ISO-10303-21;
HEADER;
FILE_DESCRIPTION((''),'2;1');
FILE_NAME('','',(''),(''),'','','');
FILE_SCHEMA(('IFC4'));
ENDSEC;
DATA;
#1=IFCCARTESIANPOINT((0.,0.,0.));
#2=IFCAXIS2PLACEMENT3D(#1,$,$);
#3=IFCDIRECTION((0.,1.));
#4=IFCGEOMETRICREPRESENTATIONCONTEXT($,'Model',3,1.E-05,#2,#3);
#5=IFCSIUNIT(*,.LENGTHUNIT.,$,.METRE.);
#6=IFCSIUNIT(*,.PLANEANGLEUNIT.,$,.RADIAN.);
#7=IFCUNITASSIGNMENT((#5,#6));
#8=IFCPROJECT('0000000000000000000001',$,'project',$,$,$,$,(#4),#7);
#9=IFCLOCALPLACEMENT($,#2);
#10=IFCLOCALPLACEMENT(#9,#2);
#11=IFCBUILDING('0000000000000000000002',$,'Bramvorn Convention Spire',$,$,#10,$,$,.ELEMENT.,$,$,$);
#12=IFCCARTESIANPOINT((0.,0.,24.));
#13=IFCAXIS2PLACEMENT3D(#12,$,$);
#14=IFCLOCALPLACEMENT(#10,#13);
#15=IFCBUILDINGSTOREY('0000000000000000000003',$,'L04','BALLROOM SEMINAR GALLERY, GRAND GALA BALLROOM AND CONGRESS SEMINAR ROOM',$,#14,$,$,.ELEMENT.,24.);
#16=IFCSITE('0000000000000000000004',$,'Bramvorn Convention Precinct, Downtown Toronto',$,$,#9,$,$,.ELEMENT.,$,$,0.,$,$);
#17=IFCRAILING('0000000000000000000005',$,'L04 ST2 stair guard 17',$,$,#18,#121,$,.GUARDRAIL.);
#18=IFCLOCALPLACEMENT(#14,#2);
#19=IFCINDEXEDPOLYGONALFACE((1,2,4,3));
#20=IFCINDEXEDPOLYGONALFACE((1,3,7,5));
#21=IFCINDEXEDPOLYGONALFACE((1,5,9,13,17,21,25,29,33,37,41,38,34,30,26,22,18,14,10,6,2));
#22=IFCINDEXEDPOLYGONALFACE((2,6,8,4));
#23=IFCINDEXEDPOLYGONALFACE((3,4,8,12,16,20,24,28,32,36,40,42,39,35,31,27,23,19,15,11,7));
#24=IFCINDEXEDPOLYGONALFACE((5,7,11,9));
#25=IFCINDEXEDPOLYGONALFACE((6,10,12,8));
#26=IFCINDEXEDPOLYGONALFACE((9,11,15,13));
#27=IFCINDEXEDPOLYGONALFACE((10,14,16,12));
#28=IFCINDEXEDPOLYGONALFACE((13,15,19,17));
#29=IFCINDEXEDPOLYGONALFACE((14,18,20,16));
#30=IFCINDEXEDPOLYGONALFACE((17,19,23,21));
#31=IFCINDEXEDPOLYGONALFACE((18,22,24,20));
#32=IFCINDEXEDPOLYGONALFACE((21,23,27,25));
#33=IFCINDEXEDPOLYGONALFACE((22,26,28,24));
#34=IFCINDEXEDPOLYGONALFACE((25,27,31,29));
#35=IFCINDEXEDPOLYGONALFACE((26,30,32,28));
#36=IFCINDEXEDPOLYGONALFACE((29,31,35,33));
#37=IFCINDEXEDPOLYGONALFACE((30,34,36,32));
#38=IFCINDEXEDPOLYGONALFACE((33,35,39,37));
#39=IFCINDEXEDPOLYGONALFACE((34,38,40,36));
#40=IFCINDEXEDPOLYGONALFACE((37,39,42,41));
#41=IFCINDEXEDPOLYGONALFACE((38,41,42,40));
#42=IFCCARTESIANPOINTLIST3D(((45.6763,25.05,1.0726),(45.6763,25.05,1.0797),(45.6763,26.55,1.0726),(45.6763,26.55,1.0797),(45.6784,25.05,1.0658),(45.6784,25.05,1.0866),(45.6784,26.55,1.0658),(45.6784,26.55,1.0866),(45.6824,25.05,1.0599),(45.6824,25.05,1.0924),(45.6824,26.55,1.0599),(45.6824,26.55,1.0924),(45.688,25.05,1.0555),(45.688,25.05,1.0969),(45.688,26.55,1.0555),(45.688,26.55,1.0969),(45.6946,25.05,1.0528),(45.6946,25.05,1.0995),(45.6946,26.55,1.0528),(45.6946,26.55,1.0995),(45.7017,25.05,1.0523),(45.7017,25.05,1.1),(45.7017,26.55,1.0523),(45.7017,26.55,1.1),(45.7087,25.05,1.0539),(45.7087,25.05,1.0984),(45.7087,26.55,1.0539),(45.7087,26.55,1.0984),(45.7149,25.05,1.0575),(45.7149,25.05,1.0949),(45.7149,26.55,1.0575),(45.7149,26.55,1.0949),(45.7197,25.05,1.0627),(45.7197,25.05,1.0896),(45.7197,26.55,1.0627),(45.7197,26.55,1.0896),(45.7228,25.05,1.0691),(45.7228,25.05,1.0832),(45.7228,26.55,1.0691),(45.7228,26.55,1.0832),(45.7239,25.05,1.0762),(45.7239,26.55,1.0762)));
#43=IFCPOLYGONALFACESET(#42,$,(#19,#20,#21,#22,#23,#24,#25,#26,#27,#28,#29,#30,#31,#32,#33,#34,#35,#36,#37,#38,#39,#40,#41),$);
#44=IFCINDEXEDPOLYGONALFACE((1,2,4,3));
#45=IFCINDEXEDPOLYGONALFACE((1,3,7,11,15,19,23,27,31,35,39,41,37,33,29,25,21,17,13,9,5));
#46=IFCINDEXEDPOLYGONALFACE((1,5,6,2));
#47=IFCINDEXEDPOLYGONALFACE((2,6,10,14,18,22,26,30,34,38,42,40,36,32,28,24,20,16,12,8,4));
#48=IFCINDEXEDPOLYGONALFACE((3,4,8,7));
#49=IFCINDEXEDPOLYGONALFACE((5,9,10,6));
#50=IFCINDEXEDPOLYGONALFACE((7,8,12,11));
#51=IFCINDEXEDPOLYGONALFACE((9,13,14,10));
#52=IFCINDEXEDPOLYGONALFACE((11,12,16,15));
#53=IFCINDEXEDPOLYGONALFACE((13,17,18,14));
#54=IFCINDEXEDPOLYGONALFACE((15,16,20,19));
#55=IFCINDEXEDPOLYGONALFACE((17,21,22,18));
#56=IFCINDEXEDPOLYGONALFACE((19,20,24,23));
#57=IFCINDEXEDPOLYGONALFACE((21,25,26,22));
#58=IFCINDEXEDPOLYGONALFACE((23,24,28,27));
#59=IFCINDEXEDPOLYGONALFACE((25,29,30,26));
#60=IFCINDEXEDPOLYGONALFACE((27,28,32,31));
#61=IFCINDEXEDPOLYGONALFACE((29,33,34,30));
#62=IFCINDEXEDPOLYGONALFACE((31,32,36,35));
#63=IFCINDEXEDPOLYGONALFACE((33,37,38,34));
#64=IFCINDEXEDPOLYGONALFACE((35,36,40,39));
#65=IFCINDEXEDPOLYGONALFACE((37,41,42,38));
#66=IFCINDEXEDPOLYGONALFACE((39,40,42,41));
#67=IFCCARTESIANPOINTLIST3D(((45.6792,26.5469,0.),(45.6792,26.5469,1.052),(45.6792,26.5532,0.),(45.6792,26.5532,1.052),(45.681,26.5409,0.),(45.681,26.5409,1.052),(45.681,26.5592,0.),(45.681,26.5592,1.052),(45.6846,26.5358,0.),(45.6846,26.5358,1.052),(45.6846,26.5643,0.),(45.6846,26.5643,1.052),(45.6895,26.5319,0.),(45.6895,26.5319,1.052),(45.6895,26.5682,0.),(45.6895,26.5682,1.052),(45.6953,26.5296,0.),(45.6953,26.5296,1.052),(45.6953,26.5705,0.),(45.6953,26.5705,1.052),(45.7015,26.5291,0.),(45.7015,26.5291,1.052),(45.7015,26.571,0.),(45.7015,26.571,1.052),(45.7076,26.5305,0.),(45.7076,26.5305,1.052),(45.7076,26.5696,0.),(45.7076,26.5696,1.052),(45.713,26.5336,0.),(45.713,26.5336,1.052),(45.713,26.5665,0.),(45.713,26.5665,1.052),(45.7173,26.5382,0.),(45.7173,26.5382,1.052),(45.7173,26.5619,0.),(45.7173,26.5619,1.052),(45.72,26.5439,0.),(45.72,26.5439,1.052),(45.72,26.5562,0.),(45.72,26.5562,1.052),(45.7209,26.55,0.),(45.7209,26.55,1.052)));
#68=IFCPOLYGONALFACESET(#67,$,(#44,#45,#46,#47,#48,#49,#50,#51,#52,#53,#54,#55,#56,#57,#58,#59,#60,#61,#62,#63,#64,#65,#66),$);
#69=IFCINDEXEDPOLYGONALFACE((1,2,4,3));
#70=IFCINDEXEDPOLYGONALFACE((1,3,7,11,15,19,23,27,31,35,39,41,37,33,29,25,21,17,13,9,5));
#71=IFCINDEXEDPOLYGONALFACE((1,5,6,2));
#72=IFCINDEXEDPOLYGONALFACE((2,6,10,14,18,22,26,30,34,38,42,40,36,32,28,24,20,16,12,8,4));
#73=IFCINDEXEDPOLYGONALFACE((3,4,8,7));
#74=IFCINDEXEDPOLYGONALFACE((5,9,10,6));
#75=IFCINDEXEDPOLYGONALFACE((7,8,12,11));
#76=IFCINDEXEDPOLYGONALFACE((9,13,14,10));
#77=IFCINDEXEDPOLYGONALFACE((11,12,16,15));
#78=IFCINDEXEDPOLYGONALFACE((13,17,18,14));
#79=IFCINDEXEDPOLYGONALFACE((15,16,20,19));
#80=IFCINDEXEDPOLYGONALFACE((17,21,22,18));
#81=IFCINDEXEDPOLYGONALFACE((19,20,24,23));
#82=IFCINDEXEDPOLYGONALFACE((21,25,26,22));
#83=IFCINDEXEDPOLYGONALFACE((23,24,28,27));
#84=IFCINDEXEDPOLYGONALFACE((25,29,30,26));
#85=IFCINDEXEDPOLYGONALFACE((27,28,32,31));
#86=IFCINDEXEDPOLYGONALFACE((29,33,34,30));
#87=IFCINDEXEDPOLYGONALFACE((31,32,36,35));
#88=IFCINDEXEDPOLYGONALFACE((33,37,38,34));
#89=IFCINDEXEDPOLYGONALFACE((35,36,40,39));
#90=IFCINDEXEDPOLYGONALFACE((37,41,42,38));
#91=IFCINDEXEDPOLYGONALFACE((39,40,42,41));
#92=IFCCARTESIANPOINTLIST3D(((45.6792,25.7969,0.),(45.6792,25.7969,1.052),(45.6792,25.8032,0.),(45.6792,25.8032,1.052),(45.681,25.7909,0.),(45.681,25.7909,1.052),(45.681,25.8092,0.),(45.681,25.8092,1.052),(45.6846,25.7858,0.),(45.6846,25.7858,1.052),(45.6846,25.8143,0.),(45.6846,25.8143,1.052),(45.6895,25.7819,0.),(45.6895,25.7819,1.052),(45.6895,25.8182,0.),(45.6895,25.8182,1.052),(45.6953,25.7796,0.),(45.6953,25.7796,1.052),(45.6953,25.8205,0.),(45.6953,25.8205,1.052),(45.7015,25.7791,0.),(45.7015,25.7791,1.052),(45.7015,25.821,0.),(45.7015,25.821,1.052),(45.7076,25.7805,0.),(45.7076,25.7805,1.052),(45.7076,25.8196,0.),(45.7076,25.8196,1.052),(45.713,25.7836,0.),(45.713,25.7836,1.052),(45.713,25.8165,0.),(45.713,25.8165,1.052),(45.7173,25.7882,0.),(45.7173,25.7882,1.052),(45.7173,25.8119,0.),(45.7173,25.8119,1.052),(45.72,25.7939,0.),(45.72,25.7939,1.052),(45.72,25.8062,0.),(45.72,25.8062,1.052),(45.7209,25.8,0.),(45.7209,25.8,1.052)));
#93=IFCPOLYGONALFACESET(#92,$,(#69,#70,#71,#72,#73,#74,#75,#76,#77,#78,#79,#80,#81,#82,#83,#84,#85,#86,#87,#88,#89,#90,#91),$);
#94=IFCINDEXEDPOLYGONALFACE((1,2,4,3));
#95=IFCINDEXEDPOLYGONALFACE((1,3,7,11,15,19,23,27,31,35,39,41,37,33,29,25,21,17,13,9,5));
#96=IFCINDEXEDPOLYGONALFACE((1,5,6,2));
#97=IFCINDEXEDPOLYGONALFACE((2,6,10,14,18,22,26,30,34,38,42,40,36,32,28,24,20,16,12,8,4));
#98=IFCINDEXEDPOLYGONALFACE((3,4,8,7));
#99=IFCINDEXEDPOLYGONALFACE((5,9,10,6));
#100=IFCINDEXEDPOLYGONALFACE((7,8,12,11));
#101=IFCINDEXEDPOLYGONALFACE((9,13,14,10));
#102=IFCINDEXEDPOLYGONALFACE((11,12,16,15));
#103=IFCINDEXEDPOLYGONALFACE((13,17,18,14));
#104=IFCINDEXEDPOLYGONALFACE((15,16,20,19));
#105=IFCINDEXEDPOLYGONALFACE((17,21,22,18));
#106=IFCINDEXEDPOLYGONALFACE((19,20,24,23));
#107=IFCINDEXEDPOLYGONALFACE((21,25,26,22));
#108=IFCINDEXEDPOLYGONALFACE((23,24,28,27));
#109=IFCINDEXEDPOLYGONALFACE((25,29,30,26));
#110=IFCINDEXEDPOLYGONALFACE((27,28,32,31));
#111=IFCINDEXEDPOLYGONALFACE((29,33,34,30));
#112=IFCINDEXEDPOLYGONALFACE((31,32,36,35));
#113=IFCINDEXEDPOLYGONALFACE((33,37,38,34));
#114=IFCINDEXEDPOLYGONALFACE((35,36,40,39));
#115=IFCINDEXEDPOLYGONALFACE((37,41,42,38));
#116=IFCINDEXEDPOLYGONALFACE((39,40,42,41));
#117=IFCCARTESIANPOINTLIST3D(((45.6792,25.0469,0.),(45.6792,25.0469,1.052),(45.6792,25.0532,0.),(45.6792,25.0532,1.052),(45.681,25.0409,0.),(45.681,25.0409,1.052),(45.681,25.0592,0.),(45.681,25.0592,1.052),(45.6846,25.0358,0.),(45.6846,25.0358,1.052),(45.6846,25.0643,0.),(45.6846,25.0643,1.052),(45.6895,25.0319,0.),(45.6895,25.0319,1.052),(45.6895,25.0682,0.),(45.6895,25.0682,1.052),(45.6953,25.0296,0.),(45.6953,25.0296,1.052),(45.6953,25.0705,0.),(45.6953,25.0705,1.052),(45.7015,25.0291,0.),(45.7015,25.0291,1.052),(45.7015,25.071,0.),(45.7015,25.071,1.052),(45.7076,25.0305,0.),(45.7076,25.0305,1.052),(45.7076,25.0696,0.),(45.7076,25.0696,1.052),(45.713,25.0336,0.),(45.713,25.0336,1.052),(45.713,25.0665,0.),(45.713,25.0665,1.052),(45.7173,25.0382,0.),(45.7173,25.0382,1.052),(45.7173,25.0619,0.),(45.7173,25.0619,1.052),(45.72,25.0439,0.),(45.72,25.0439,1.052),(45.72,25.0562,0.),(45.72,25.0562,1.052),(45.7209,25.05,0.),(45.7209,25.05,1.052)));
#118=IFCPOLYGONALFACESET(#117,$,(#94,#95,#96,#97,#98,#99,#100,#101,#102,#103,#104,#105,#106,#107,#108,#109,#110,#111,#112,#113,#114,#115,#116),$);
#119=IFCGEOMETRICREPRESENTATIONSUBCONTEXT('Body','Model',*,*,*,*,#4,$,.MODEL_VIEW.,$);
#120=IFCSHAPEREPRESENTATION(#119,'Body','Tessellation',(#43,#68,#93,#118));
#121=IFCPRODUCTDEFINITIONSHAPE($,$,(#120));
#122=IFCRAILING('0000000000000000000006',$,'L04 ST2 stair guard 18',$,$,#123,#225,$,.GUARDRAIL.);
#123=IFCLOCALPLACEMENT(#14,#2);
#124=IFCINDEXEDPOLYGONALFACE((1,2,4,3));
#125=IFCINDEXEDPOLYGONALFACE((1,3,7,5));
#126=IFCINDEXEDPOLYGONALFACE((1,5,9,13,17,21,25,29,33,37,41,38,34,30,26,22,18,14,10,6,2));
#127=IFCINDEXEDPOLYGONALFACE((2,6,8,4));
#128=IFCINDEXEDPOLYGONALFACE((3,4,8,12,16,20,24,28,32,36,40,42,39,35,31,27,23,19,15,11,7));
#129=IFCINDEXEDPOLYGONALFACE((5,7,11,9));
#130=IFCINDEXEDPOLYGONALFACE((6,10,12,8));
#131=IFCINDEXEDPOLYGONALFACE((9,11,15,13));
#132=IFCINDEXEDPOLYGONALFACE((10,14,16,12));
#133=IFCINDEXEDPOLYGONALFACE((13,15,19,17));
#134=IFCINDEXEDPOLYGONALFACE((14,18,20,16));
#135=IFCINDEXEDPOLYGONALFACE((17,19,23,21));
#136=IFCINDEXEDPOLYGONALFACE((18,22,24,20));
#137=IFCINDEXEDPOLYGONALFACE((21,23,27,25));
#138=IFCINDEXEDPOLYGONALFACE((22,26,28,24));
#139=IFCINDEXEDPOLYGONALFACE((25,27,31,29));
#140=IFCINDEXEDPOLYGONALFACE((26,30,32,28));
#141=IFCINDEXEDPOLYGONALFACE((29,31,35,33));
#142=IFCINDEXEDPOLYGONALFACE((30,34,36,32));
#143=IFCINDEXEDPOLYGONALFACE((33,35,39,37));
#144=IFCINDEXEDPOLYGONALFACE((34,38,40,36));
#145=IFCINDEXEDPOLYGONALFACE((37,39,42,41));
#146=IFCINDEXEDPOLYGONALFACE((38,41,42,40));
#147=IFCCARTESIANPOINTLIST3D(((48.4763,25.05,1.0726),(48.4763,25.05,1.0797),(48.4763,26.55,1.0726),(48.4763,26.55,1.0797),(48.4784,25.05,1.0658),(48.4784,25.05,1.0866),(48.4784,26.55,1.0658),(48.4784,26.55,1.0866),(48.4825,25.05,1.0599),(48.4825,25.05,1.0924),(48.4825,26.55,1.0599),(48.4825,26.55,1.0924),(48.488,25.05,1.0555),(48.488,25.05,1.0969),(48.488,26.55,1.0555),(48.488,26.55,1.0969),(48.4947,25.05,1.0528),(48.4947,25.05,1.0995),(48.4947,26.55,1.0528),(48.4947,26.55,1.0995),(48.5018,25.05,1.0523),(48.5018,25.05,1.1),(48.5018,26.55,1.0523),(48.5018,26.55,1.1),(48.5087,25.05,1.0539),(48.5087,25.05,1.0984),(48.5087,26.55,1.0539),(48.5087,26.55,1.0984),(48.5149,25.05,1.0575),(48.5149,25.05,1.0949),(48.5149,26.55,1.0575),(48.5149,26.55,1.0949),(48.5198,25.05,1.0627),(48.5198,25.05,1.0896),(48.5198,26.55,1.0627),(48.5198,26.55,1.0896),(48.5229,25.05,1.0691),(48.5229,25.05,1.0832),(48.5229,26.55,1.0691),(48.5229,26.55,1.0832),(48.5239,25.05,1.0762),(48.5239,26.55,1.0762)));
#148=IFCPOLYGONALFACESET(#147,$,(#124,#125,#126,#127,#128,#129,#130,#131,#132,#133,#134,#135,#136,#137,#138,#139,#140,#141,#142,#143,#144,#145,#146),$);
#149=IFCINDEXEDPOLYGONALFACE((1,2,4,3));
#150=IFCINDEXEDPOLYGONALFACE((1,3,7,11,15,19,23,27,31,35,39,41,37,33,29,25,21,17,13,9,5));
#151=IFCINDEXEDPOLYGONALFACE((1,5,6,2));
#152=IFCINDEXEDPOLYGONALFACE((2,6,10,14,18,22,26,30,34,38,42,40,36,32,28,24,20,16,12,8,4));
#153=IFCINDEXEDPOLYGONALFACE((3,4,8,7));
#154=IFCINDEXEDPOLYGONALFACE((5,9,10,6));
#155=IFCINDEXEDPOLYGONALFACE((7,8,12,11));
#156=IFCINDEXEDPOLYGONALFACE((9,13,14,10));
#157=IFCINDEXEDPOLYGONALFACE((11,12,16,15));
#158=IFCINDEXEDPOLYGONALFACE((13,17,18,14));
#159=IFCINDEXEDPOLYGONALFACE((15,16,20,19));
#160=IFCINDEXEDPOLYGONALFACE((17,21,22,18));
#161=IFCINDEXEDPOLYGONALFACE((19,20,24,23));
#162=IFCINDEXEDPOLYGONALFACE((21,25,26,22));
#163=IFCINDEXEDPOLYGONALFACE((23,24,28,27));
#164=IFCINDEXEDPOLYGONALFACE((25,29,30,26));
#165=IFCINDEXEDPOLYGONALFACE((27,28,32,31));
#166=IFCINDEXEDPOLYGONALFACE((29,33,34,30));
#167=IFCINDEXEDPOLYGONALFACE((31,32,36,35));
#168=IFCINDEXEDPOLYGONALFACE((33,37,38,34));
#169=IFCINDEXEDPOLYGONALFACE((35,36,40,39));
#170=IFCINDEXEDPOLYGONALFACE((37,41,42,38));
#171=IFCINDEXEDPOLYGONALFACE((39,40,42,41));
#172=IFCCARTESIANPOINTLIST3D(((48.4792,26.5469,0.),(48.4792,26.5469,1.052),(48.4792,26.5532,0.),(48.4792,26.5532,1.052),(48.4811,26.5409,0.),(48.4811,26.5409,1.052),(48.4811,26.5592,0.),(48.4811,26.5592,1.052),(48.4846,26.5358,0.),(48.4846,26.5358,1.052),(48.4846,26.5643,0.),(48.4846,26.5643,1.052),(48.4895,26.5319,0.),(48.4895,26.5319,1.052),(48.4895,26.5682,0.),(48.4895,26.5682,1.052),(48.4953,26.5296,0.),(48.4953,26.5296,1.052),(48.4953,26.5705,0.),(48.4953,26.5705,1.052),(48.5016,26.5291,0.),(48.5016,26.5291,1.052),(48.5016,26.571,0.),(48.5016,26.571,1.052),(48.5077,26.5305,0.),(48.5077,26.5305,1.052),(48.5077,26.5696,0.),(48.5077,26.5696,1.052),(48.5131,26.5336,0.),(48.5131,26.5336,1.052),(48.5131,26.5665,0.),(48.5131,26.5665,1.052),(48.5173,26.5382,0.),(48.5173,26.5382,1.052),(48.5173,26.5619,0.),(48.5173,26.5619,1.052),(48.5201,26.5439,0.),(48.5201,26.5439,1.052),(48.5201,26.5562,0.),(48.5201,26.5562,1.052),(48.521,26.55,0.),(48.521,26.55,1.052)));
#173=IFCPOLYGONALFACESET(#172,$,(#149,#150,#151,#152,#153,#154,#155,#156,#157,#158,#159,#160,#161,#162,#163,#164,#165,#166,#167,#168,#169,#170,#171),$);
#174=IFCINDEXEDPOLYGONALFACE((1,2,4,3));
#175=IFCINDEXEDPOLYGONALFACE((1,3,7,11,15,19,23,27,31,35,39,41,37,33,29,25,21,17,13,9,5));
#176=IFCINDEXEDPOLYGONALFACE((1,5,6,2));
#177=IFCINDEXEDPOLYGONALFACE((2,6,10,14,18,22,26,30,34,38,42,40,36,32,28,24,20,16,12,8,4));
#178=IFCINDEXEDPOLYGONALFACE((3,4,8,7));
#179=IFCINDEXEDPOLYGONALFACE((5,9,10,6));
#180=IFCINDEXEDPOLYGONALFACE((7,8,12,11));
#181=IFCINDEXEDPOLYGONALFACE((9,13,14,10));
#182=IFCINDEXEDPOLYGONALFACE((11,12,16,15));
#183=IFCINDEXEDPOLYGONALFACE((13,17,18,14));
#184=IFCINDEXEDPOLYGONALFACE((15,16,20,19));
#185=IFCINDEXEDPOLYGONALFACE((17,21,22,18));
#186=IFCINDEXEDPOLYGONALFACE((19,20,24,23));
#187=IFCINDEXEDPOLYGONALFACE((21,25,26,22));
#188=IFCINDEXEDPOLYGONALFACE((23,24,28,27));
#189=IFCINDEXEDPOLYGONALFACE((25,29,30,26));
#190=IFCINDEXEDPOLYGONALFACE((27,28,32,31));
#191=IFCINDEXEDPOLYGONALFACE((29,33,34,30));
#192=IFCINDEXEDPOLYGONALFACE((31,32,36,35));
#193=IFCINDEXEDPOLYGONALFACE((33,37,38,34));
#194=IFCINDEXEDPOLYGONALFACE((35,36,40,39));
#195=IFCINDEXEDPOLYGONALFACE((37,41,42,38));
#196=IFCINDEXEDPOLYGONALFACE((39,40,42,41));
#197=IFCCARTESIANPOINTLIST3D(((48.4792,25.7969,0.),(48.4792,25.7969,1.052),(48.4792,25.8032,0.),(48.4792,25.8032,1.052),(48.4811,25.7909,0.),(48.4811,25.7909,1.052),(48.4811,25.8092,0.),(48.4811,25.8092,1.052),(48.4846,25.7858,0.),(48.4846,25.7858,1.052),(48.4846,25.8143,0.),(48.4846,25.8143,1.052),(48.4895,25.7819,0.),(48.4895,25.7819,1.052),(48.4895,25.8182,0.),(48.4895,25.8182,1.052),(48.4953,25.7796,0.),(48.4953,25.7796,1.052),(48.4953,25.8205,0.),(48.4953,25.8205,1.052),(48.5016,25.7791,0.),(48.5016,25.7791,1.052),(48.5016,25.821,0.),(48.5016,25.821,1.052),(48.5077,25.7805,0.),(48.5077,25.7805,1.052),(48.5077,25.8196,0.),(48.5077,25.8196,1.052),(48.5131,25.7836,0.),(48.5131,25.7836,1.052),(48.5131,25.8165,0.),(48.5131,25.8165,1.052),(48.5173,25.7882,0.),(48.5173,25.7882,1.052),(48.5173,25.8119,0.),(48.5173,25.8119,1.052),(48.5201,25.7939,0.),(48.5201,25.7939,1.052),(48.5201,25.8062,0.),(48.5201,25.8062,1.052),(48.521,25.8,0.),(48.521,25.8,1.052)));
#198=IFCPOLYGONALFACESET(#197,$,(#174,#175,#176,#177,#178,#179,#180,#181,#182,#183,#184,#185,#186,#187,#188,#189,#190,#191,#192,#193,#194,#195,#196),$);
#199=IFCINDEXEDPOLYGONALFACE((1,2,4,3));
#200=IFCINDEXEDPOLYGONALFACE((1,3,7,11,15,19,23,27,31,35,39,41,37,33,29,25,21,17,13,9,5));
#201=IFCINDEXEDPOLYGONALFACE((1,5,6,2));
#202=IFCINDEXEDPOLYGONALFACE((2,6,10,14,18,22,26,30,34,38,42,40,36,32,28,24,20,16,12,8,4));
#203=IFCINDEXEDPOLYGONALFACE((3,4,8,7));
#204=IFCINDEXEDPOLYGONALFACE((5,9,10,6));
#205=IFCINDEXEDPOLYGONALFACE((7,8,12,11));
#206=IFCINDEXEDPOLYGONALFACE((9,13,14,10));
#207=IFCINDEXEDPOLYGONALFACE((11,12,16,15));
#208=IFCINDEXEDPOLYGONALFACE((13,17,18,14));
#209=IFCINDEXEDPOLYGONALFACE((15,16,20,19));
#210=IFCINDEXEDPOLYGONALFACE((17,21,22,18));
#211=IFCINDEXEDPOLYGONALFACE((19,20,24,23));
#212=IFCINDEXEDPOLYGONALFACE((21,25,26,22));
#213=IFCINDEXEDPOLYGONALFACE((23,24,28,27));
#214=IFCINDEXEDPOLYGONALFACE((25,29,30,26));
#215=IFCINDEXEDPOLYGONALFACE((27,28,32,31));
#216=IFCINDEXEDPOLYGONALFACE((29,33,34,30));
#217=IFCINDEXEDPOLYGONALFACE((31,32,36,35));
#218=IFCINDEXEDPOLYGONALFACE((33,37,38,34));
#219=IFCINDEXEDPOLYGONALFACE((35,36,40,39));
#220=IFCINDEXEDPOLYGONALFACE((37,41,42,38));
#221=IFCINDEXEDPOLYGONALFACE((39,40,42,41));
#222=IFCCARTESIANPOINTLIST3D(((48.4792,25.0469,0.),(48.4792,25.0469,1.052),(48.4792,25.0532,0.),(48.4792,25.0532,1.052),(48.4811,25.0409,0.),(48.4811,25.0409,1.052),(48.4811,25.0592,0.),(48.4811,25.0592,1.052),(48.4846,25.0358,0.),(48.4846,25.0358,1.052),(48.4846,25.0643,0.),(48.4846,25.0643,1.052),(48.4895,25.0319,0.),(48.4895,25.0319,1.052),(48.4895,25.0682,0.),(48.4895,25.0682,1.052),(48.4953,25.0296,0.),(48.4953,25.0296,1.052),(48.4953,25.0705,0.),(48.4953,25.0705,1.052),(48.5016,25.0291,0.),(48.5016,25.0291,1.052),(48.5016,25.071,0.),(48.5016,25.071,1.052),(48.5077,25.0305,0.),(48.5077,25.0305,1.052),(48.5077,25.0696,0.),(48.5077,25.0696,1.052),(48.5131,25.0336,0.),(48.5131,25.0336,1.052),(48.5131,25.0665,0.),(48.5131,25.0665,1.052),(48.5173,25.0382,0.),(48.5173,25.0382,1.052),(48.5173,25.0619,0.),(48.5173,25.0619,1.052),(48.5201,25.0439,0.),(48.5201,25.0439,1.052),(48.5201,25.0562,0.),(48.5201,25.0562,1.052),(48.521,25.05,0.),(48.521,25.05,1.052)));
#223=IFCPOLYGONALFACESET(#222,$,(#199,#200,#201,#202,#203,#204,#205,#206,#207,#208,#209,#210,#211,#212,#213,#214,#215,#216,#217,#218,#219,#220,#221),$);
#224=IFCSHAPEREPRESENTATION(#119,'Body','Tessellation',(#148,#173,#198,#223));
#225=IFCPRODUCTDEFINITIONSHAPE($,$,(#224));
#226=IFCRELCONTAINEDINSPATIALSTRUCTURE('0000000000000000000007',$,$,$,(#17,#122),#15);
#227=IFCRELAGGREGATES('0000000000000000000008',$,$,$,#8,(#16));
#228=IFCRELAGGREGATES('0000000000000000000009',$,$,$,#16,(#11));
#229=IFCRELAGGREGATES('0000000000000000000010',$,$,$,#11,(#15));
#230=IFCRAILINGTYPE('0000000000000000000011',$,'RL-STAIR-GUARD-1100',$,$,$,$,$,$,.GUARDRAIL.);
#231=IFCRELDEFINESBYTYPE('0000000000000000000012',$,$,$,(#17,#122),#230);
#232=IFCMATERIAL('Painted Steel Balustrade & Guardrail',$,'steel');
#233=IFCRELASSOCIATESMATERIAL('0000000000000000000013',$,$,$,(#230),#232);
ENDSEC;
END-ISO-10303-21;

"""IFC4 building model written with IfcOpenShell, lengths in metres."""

from ifc_helpers import new_model, si_unit, direction, frame, origin, origin_2d, place, context, subcontext, project, spatial, circle, extrude, material, type_object, element, save


model = new_model("IFC4")

# Units and contexts
model_context = context("Model", 3, precision=1e-05, world=origin(), true_north=direction((0.0, 1.0)))
body_context = subcontext(model_context, "Body", "Model", "MODEL_VIEW")
ifc_project = project(units=[si_unit("LENGTHUNIT", "METRE"), si_unit("PLANEANGLEUNIT", "RADIAN")], contexts=[model_context])

# Site, building, storey
site_placement = place(None, origin())
site = spatial("IfcSite", under=ifc_project, at=site_placement, Name="Bramvorn Convention Precinct, Downtown Toronto", CompositionType="ELEMENT", RefElevation=0.0)
building_placement = place(site_placement, origin())
building = spatial("IfcBuilding", under=site, at=building_placement, Name="Bramvorn Convention Spire", CompositionType="ELEMENT")
storey_placement = place(building_placement, frame((0.0, 0.0, 24.0)))
storey = spatial("IfcBuildingStorey", under=building, at=storey_placement, Name="L04", Description="BALLROOM SEMINAR GALLERY, GRAND GALA BALLROOM AND CONGRESS SEMINAR ROOM", CompositionType="ELEMENT", Elevation=24.0)

# Railings
ifc_material_1 = material(Name="Painted Steel Balustrade & Guardrail", Category="steel")
railing_type = type_object("IfcRailingType", Name="RL-STAIR-GUARD-1100", PredefinedType="GUARDRAIL", material=ifc_material_1)
for number, where, name in (
    (1, (45.7, 26.55, 0.0), "L04 ST2 stair guard 17"),
    (2, (48.5, 26.55, 0.0), "L04 ST2 stair guard 18"),
):
    element("IfcRailing", number, at=place(storey_placement, frame(where)), inside=storey, type_object=railing_type, Name=name, PredefinedType="GUARDRAIL", context=body_context, shape_type="SweptSolid", body=[
        extrude(circle(Radius=0.0239, at=origin_2d()), frame((0.0, 0.0, 1.0762), z_axis=(0.0, -1.0, 0.0), x_axis=(1.0, 0.0, 0.0)), (0.0, 0.0, 1.0), 1.5),
        extrude(circle(Radius=0.021, at=origin_2d()), origin(), (0.0, 0.0, 1.0), 1.052),
        extrude(circle(Radius=0.021, at=origin_2d()), frame((0.0, -0.75, 0.0)), (0.0, 0.0, 1.0), 1.052),
        extrude(circle(Radius=0.021, at=origin_2d()), frame((0.0, -1.5, 0.0)), (0.0, 0.0, 1.0), 1.052),
    ])

save(model, "model.ifc")
